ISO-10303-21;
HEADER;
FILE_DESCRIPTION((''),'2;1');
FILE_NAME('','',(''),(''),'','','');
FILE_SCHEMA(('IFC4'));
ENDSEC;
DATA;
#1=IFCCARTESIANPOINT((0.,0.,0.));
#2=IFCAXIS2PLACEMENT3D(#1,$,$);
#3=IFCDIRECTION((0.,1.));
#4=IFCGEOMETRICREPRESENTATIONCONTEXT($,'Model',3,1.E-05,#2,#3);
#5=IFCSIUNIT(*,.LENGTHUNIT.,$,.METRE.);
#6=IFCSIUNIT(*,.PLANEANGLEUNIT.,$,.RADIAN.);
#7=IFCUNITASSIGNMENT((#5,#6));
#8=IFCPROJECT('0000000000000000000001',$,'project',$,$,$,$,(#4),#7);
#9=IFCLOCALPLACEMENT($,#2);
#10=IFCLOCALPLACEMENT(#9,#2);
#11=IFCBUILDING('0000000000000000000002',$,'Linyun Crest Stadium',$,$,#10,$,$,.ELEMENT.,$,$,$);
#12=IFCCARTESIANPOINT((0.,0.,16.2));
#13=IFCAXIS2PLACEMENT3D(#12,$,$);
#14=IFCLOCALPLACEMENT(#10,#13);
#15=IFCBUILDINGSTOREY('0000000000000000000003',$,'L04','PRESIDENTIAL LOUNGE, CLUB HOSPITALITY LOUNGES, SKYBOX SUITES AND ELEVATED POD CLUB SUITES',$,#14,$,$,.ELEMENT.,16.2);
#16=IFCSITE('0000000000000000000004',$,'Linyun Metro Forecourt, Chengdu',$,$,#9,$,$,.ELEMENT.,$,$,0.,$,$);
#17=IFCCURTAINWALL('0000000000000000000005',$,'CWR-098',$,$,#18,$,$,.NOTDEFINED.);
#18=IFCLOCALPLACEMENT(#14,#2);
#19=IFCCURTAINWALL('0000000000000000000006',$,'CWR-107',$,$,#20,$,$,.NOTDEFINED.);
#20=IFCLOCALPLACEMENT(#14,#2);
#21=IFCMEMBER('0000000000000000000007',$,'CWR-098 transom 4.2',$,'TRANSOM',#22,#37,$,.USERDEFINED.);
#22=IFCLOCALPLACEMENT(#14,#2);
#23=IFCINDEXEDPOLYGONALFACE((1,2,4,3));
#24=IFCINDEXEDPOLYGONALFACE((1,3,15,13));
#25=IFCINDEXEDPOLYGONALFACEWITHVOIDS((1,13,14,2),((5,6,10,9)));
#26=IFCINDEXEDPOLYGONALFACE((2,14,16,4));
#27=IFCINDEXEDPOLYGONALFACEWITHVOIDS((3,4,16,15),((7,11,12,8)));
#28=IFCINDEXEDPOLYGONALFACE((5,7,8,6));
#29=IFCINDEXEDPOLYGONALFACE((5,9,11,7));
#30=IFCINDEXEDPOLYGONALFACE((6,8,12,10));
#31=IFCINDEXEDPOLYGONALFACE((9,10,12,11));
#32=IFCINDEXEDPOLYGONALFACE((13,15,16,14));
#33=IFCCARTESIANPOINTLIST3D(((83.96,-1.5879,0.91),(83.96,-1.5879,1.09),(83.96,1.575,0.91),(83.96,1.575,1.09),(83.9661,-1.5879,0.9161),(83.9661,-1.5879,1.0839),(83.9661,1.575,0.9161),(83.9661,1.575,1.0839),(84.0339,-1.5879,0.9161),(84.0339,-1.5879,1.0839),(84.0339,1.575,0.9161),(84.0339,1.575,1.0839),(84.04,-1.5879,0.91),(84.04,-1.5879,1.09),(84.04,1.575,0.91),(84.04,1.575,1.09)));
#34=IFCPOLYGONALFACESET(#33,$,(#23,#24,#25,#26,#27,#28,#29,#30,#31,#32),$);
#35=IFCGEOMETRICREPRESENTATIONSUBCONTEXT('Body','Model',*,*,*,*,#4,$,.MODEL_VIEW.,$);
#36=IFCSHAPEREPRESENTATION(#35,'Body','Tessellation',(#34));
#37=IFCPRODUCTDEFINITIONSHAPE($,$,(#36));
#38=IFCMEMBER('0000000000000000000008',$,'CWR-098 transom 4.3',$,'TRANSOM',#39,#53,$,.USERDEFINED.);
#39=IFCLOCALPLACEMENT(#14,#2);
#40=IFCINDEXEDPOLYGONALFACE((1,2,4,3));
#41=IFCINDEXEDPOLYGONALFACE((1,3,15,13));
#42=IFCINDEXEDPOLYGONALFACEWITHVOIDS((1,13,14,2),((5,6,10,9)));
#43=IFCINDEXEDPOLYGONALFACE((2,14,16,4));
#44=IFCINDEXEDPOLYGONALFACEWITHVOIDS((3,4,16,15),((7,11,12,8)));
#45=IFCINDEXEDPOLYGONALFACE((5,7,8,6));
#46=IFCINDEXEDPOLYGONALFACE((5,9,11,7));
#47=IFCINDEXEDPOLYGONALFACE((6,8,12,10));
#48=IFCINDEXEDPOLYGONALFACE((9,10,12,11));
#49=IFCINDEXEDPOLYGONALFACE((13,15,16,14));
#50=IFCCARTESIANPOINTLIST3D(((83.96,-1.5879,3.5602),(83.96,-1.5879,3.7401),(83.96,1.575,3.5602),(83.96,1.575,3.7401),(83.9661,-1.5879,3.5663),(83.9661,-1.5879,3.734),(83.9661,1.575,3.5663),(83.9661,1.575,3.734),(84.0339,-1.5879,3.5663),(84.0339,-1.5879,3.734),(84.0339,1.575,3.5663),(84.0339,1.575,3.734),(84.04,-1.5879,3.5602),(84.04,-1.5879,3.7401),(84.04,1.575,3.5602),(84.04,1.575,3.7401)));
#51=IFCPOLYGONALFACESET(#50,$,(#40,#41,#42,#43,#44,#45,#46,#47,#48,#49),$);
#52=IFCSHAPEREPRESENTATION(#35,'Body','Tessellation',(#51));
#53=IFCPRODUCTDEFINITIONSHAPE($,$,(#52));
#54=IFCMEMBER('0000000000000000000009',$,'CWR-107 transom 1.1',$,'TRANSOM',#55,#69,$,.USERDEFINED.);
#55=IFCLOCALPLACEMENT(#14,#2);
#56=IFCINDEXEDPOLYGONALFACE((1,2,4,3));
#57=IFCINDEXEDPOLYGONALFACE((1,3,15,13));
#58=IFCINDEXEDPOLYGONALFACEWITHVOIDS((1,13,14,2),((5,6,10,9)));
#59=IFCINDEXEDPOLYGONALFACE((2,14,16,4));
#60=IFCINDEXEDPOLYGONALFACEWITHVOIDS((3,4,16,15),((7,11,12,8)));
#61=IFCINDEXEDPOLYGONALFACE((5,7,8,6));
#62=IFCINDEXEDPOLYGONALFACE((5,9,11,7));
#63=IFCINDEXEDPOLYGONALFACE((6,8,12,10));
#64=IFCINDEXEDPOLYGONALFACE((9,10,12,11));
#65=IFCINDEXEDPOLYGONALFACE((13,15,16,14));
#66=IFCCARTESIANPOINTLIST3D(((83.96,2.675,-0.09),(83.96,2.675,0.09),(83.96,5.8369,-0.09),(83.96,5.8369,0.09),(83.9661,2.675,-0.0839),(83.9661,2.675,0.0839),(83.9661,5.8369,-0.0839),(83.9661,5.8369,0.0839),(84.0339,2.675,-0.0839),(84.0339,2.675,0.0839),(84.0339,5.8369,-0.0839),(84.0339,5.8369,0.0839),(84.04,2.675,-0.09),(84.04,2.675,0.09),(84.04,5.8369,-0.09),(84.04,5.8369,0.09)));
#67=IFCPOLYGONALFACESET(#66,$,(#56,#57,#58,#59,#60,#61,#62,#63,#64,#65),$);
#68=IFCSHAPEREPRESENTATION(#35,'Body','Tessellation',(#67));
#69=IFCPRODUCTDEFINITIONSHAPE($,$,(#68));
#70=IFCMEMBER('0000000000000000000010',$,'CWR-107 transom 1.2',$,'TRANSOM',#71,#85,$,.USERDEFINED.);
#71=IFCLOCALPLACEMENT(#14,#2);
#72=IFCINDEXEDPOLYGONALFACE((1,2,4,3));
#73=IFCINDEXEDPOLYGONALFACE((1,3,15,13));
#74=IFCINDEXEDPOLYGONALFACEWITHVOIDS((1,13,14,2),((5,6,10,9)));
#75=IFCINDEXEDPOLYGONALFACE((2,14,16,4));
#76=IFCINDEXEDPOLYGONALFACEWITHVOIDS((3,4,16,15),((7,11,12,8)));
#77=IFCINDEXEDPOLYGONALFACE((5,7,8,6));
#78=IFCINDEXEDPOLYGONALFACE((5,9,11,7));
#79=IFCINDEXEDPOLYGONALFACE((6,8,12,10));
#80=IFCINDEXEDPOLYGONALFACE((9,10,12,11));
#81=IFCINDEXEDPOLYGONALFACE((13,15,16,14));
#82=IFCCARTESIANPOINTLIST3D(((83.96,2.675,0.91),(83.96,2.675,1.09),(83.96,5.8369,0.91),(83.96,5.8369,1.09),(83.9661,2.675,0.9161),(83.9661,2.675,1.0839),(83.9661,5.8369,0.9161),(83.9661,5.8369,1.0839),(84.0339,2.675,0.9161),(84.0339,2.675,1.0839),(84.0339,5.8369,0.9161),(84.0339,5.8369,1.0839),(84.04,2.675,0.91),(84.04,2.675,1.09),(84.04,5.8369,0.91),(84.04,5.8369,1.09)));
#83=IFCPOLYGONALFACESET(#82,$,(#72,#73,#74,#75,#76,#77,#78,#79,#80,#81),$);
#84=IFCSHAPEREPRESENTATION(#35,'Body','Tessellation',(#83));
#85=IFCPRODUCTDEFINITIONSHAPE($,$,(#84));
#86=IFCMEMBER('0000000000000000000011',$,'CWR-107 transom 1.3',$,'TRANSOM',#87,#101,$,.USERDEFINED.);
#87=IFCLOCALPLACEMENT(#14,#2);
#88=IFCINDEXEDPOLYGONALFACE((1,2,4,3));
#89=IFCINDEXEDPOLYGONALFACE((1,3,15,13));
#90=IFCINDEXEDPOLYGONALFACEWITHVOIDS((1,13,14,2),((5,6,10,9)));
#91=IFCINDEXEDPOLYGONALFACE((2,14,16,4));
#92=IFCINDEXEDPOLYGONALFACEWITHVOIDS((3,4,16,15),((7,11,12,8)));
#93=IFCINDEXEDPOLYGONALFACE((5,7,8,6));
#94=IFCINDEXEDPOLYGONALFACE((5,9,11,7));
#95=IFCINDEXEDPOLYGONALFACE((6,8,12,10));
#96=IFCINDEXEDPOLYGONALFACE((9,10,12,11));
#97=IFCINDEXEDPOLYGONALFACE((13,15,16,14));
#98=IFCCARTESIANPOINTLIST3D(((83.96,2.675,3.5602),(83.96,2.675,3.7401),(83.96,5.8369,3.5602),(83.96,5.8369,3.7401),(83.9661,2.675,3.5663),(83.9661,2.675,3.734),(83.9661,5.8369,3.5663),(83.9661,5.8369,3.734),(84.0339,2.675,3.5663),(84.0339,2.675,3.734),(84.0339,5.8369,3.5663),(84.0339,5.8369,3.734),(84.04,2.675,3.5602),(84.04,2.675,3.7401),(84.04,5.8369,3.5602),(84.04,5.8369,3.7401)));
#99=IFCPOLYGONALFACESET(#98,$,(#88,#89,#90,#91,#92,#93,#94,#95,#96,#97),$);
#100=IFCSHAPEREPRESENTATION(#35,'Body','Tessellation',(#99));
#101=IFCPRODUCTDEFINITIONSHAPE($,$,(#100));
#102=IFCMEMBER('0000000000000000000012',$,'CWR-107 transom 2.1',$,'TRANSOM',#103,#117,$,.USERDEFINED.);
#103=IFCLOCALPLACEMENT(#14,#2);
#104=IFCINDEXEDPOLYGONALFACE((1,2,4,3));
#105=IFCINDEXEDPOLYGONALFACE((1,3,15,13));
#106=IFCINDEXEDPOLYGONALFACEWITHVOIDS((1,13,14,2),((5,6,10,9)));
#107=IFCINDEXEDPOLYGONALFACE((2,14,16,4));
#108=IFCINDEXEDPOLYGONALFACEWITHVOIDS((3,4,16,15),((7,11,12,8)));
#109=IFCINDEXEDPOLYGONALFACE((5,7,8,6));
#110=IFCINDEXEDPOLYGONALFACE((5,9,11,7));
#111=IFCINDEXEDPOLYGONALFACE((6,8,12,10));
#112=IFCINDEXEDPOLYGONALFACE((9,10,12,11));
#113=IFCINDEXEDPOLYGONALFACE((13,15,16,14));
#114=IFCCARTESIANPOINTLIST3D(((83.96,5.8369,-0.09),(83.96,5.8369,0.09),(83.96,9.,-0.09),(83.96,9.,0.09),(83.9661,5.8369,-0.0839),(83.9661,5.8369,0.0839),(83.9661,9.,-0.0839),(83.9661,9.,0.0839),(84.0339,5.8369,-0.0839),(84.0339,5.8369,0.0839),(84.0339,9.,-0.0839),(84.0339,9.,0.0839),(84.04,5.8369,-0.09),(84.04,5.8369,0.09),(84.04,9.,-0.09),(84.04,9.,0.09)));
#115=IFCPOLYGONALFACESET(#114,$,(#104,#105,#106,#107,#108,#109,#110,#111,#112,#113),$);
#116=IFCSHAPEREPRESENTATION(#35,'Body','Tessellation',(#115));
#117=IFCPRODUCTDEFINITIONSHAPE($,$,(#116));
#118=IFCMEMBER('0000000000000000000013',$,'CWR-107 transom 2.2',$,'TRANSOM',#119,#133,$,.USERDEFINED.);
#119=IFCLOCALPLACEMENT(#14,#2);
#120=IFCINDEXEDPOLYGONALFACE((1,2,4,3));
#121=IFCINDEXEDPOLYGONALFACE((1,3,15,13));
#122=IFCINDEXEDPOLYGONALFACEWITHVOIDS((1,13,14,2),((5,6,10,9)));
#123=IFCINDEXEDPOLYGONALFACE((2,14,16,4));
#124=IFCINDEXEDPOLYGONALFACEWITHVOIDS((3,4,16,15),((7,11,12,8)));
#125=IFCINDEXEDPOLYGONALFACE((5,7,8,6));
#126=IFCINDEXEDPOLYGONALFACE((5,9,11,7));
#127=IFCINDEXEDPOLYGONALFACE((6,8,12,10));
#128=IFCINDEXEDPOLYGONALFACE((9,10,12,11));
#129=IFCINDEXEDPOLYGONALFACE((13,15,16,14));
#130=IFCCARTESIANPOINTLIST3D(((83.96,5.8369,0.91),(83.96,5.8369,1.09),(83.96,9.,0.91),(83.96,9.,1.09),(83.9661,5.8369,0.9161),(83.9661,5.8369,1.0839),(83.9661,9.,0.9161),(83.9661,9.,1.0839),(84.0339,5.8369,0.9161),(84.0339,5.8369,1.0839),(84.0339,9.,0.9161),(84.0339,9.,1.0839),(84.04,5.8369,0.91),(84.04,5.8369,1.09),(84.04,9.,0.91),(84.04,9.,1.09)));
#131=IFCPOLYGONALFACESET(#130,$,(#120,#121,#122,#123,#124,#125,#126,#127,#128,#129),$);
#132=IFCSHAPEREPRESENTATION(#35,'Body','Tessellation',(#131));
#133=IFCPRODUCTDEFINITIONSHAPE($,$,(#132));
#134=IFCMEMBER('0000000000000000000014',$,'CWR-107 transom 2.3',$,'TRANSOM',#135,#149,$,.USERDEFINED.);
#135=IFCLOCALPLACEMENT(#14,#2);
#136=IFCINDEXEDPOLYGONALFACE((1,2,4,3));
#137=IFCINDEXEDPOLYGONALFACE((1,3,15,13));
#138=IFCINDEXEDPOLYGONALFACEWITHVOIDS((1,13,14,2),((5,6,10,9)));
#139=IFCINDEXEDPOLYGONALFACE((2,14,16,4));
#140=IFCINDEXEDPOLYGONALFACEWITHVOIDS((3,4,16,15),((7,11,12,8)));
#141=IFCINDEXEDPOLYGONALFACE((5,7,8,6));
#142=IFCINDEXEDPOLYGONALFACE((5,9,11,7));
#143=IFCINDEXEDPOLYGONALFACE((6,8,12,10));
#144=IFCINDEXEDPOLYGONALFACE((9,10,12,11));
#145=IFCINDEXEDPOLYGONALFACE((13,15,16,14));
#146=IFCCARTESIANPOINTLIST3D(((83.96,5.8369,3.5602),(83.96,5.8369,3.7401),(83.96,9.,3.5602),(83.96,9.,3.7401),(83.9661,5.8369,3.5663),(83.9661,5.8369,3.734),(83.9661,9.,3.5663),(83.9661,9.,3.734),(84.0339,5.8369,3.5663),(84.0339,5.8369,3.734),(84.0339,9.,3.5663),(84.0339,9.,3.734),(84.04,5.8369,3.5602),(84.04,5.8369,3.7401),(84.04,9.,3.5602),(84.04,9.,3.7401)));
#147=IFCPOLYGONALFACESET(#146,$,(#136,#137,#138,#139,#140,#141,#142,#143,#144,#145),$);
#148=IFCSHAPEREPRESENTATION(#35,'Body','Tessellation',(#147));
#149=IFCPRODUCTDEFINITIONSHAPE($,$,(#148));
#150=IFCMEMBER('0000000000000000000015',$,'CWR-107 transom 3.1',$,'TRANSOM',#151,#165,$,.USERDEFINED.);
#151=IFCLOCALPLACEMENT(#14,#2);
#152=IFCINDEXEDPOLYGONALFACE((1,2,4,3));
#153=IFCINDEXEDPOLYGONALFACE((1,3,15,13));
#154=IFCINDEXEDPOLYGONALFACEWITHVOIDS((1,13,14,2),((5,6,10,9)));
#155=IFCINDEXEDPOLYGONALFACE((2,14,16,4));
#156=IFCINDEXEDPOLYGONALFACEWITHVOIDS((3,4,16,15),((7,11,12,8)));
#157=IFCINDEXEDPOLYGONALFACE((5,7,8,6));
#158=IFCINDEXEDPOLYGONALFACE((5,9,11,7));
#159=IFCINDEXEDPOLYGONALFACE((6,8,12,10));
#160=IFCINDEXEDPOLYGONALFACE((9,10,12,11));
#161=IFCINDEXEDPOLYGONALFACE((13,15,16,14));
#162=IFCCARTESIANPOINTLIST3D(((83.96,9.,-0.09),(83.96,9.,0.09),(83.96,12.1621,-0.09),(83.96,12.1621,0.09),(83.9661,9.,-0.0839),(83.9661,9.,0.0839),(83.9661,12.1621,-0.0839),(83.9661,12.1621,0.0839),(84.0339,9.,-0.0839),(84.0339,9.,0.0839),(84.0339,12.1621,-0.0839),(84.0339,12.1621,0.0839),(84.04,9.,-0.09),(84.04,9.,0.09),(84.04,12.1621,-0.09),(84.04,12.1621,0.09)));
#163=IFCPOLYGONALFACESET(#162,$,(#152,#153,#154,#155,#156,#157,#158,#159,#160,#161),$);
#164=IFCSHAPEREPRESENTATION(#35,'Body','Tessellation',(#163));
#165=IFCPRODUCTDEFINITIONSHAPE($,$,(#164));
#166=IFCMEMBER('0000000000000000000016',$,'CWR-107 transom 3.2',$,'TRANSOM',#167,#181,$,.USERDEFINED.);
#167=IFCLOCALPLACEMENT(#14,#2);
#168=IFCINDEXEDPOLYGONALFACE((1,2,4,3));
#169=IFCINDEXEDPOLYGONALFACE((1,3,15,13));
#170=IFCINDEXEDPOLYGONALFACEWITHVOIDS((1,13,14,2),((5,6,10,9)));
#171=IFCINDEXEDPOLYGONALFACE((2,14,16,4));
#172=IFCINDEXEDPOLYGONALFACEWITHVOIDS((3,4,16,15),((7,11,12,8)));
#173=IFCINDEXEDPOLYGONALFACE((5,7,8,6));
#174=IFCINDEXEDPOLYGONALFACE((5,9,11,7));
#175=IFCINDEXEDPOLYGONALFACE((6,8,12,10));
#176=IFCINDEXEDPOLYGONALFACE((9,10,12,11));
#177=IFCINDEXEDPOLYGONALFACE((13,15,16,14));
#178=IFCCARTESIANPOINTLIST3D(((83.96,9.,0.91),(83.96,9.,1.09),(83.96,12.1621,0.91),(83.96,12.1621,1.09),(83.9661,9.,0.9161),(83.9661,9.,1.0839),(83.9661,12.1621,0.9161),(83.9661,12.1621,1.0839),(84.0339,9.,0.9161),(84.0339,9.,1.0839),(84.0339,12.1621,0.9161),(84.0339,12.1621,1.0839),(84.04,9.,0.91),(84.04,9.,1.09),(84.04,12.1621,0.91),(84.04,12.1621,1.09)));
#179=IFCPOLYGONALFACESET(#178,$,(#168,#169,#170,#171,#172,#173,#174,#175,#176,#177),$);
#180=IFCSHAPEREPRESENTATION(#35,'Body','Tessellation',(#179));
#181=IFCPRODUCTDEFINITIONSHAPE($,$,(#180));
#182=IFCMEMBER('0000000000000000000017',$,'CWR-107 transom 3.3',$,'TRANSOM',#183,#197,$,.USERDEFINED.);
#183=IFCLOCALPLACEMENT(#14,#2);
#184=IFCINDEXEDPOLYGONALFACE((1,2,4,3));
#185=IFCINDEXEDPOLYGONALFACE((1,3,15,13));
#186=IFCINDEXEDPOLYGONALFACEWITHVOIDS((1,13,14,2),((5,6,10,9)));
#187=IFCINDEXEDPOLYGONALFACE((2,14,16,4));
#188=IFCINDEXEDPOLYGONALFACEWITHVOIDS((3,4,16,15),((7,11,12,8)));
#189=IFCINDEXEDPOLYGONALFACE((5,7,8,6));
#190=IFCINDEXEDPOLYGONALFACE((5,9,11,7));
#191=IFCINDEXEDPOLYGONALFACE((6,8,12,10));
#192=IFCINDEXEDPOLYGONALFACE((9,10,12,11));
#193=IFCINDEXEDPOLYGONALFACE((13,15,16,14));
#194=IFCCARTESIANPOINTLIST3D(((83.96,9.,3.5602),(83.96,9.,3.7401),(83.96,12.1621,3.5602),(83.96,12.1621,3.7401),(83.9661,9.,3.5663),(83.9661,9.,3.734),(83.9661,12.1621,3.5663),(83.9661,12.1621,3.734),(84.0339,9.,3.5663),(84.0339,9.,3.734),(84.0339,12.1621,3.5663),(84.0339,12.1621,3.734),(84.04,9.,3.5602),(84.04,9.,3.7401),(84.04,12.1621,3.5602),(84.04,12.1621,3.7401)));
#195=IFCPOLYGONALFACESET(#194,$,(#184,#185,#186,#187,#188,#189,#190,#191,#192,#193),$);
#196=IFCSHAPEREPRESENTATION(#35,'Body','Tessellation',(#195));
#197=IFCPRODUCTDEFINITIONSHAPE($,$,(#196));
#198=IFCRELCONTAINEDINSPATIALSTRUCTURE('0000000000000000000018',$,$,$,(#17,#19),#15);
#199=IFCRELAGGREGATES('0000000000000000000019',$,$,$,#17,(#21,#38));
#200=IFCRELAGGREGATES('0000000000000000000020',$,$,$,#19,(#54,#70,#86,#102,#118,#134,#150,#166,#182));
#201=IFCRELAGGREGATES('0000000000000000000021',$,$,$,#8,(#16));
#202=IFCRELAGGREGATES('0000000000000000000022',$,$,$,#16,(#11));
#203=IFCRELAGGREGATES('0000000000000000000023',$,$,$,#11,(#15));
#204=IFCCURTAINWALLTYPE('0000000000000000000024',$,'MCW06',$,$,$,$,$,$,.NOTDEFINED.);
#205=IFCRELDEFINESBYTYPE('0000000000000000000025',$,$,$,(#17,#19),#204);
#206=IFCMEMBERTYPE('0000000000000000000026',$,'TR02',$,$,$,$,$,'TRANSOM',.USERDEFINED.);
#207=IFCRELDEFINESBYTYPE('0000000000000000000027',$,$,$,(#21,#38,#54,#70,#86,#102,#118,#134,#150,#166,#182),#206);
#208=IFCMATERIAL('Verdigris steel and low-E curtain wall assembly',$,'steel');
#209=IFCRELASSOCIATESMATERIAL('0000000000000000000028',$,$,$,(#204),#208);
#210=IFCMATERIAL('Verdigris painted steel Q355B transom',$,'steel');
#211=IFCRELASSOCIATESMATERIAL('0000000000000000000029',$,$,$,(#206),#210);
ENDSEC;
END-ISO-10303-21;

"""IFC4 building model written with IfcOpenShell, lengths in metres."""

from ifc_helpers import new_model, si_unit, direction, frame, origin, origin_2d, place, context, subcontext, project, spatial, hollow_rectangle, extrude, material, material_profile, profile_set, type_object, element, aggregate, save


model = new_model("IFC4")

# Units and contexts
model_context = context("Model", 3, precision=1e-05, world=origin(), true_north=direction((0.0, 1.0)))
body_context = subcontext(model_context, "Body", "Model", "MODEL_VIEW")
ifc_project = project(units=[si_unit("LENGTHUNIT", "METRE"), si_unit("PLANEANGLEUNIT", "RADIAN")], contexts=[model_context])

# Site, building, storey
site_placement = place(None, origin())
site = spatial("IfcSite", under=ifc_project, at=site_placement, Name="Linyun Metro Forecourt, Chengdu", CompositionType="ELEMENT", RefElevation=0.0)
building_placement = place(site_placement, origin())
building = spatial("IfcBuilding", under=site, at=building_placement, Name="Linyun Crest Stadium", CompositionType="ELEMENT")
storey_placement = place(building_placement, frame((0.0, 0.0, 16.2)))
storey = spatial("IfcBuildingStorey", under=building, at=storey_placement, Name="L04", Description="PRESIDENTIAL LOUNGE, CLUB HOSPITALITY LOUNGES, SKYBOX SUITES AND ELEVATED POD CLUB SUITES", CompositionType="ELEMENT", Elevation=16.2)

# Curtain wall
ifc_material_1 = material(Name="Verdigris steel and low-E curtain wall assembly", Category="steel")
curtain_wall_type = type_object("IfcCurtainWallType", Name="MCW06", PredefinedType="NOTDEFINED", material=ifc_material_1)
curtain_wall_1_placement = place(storey_placement, origin())
curtain_wall_1 = element("IfcCurtainWall", 1, at=curtain_wall_1_placement, inside=storey, type_object=curtain_wall_type, Name="CWR-098", PredefinedType="NOTDEFINED")

# Curtain wall
curtain_wall_2_placement = place(storey_placement, origin())
curtain_wall_2 = element("IfcCurtainWall", 2, at=curtain_wall_2_placement, inside=storey, type_object=curtain_wall_type, Name="CWR-107", PredefinedType="NOTDEFINED")

# Members
ifc_material_2 = material(Name="Verdigris painted steel Q355B transom", Category="steel")
ifc_material_profile_1 = material_profile(ifc_material_2, hollow_rectangle(XDim=0.0801, YDim=0.1799, WallThickness=0.0061, at=origin_2d()), Name="RHS 180x80x6")
ifc_profile_set_1 = profile_set([ifc_material_profile_1], Name="Verdigris painted steel Q355B transom")
member_type_1 = type_object("IfcMemberType", Name="TR02", ElementType="TRANSOM", PredefinedType="USERDEFINED", material=ifc_profile_set_1)
member_1_placement = place(storey_placement, frame((84.0, -1.5879, 1.0), z_axis=(0.0, 1.0, 0.0), x_axis=(-1.0, 0.0, 0.0)))
member_1 = element("IfcMember", 3, at=member_1_placement, type_object=member_type_1, Name="CWR-098 transom 4.2", ObjectType="TRANSOM", PredefinedType="USERDEFINED", context=body_context, shape_type="SweptSolid", body=[
    extrude(hollow_rectangle(XDim=0.0801, YDim=0.1799, WallThickness=0.0061, at=origin_2d()), origin(), (0.0, 0.0, 1.0), 3.1628),
])
member_2_placement = place(storey_placement, frame((84.0, -1.5879, 3.6501), z_axis=(0.0, 1.0, 0.0), x_axis=(-1.0, 0.0, 0.0)))
member_2 = element("IfcMember", 4, at=member_2_placement, type_object=member_type_1, Name="CWR-098 transom 4.3", ObjectType="TRANSOM", PredefinedType="USERDEFINED", context=body_context, shape_type="SweptSolid", body=[
    extrude(hollow_rectangle(XDim=0.0801, YDim=0.1799, WallThickness=0.0061, at=origin_2d()), origin(), (0.0, 0.0, 1.0), 3.1628),
])
member_3_placement = place(storey_placement, frame((84.0, 2.675, 0.0), z_axis=(0.0, 1.0, 0.0), x_axis=(-1.0, 0.0, 0.0)))
member_3 = element("IfcMember", 5, at=member_3_placement, type_object=member_type_1, Name="CWR-107 transom 1.1", ObjectType="TRANSOM", PredefinedType="USERDEFINED", context=body_context, shape_type="SweptSolid", body=[
    extrude(hollow_rectangle(XDim=0.0801, YDim=0.1799, WallThickness=0.0061, at=origin_2d()), origin(), (0.0, 0.0, 1.0), 3.1619),
])
member_4_placement = place(storey_placement, frame((84.0, 2.675, 1.0), z_axis=(0.0, 1.0, 0.0), x_axis=(-1.0, 0.0, 0.0)))
member_4 = element("IfcMember", 6, at=member_4_placement, type_object=member_type_1, Name="CWR-107 transom 1.2", ObjectType="TRANSOM", PredefinedType="USERDEFINED", context=body_context, shape_type="SweptSolid", body=[
    extrude(hollow_rectangle(XDim=0.0801, YDim=0.1799, WallThickness=0.0061, at=origin_2d()), origin(), (0.0, 0.0, 1.0), 3.1619),
])
member_5_placement = place(storey_placement, frame((84.0, 2.675, 3.6501), z_axis=(0.0, 1.0, 0.0), x_axis=(-1.0, 0.0, 0.0)))
member_5 = element("IfcMember", 7, at=member_5_placement, type_object=member_type_1, Name="CWR-107 transom 1.3", ObjectType="TRANSOM", PredefinedType="USERDEFINED", context=body_context, shape_type="SweptSolid", body=[
    extrude(hollow_rectangle(XDim=0.0801, YDim=0.1799, WallThickness=0.0061, at=origin_2d()), origin(), (0.0, 0.0, 1.0), 3.1619),
])
member_6_placement = place(storey_placement, frame((84.0, 5.8369, 0.0), z_axis=(0.0, 1.0, 0.0), x_axis=(-1.0, 0.0, 0.0)))
member_6 = element("IfcMember", 8, at=member_6_placement, type_object=member_type_1, Name="CWR-107 transom 2.1", ObjectType="TRANSOM", PredefinedType="USERDEFINED", context=body_context, shape_type="SweptSolid", body=[
    extrude(hollow_rectangle(XDim=0.0801, YDim=0.1799, WallThickness=0.0061, at=origin_2d()), origin(), (0.0, 0.0, 1.0), 3.1631),
])
member_7_placement = place(storey_placement, frame((84.0, 5.8369, 1.0), z_axis=(0.0, 1.0, 0.0), x_axis=(-1.0, 0.0, 0.0)))
member_7 = element("IfcMember", 9, at=member_7_placement, type_object=member_type_1, Name="CWR-107 transom 2.2", ObjectType="TRANSOM", PredefinedType="USERDEFINED", context=body_context, shape_type="SweptSolid", body=[
    extrude(hollow_rectangle(XDim=0.0801, YDim=0.1799, WallThickness=0.0061, at=origin_2d()), origin(), (0.0, 0.0, 1.0), 3.1631),
])
member_8_placement = place(storey_placement, frame((84.0, 5.8369, 3.6501), z_axis=(0.0, 1.0, 0.0), x_axis=(-1.0, 0.0, 0.0)))
member_8 = element("IfcMember", 10, at=member_8_placement, type_object=member_type_1, Name="CWR-107 transom 2.3", ObjectType="TRANSOM", PredefinedType="USERDEFINED", context=body_context, shape_type="SweptSolid", body=[
    extrude(hollow_rectangle(XDim=0.0801, YDim=0.1799, WallThickness=0.0061, at=origin_2d()), origin(), (0.0, 0.0, 1.0), 3.1631),
])
member_9_placement = place(storey_placement, frame((84.0, 9.0, 0.0), z_axis=(0.0, 1.0, 0.0), x_axis=(-1.0, 0.0, 0.0)))
member_9 = element("IfcMember", 11, at=member_9_placement, type_object=member_type_1, Name="CWR-107 transom 3.1", ObjectType="TRANSOM", PredefinedType="USERDEFINED", context=body_context, shape_type="SweptSolid", body=[
    extrude(hollow_rectangle(XDim=0.0801, YDim=0.1799, WallThickness=0.0061, at=origin_2d()), origin(), (0.0, 0.0, 1.0), 3.1621),
])
member_10_placement = place(storey_placement, frame((84.0, 9.0, 1.0), z_axis=(0.0, 1.0, 0.0), x_axis=(-1.0, 0.0, 0.0)))
member_10 = element("IfcMember", 12, at=member_10_placement, type_object=member_type_1, Name="CWR-107 transom 3.2", ObjectType="TRANSOM", PredefinedType="USERDEFINED", context=body_context, shape_type="SweptSolid", body=[
    extrude(hollow_rectangle(XDim=0.0801, YDim=0.1799, WallThickness=0.0061, at=origin_2d()), origin(), (0.0, 0.0, 1.0), 3.1621),
])
member_11_placement = place(storey_placement, frame((84.0, 9.0, 3.6501), z_axis=(0.0, 1.0, 0.0), x_axis=(-1.0, 0.0, 0.0)))
member_11 = element("IfcMember", 13, at=member_11_placement, type_object=member_type_1, Name="CWR-107 transom 3.3", ObjectType="TRANSOM", PredefinedType="USERDEFINED", context=body_context, shape_type="SweptSolid", body=[
    extrude(hollow_rectangle(XDim=0.0801, YDim=0.1799, WallThickness=0.0061, at=origin_2d()), origin(), (0.0, 0.0, 1.0), 3.1621),
])

aggregate(curtain_wall_1, [member_1, member_2])
aggregate(curtain_wall_2, [member_3, member_4, member_5, member_6, member_7, member_8, member_9, member_10, member_11])

save(model, "model.ifc")
